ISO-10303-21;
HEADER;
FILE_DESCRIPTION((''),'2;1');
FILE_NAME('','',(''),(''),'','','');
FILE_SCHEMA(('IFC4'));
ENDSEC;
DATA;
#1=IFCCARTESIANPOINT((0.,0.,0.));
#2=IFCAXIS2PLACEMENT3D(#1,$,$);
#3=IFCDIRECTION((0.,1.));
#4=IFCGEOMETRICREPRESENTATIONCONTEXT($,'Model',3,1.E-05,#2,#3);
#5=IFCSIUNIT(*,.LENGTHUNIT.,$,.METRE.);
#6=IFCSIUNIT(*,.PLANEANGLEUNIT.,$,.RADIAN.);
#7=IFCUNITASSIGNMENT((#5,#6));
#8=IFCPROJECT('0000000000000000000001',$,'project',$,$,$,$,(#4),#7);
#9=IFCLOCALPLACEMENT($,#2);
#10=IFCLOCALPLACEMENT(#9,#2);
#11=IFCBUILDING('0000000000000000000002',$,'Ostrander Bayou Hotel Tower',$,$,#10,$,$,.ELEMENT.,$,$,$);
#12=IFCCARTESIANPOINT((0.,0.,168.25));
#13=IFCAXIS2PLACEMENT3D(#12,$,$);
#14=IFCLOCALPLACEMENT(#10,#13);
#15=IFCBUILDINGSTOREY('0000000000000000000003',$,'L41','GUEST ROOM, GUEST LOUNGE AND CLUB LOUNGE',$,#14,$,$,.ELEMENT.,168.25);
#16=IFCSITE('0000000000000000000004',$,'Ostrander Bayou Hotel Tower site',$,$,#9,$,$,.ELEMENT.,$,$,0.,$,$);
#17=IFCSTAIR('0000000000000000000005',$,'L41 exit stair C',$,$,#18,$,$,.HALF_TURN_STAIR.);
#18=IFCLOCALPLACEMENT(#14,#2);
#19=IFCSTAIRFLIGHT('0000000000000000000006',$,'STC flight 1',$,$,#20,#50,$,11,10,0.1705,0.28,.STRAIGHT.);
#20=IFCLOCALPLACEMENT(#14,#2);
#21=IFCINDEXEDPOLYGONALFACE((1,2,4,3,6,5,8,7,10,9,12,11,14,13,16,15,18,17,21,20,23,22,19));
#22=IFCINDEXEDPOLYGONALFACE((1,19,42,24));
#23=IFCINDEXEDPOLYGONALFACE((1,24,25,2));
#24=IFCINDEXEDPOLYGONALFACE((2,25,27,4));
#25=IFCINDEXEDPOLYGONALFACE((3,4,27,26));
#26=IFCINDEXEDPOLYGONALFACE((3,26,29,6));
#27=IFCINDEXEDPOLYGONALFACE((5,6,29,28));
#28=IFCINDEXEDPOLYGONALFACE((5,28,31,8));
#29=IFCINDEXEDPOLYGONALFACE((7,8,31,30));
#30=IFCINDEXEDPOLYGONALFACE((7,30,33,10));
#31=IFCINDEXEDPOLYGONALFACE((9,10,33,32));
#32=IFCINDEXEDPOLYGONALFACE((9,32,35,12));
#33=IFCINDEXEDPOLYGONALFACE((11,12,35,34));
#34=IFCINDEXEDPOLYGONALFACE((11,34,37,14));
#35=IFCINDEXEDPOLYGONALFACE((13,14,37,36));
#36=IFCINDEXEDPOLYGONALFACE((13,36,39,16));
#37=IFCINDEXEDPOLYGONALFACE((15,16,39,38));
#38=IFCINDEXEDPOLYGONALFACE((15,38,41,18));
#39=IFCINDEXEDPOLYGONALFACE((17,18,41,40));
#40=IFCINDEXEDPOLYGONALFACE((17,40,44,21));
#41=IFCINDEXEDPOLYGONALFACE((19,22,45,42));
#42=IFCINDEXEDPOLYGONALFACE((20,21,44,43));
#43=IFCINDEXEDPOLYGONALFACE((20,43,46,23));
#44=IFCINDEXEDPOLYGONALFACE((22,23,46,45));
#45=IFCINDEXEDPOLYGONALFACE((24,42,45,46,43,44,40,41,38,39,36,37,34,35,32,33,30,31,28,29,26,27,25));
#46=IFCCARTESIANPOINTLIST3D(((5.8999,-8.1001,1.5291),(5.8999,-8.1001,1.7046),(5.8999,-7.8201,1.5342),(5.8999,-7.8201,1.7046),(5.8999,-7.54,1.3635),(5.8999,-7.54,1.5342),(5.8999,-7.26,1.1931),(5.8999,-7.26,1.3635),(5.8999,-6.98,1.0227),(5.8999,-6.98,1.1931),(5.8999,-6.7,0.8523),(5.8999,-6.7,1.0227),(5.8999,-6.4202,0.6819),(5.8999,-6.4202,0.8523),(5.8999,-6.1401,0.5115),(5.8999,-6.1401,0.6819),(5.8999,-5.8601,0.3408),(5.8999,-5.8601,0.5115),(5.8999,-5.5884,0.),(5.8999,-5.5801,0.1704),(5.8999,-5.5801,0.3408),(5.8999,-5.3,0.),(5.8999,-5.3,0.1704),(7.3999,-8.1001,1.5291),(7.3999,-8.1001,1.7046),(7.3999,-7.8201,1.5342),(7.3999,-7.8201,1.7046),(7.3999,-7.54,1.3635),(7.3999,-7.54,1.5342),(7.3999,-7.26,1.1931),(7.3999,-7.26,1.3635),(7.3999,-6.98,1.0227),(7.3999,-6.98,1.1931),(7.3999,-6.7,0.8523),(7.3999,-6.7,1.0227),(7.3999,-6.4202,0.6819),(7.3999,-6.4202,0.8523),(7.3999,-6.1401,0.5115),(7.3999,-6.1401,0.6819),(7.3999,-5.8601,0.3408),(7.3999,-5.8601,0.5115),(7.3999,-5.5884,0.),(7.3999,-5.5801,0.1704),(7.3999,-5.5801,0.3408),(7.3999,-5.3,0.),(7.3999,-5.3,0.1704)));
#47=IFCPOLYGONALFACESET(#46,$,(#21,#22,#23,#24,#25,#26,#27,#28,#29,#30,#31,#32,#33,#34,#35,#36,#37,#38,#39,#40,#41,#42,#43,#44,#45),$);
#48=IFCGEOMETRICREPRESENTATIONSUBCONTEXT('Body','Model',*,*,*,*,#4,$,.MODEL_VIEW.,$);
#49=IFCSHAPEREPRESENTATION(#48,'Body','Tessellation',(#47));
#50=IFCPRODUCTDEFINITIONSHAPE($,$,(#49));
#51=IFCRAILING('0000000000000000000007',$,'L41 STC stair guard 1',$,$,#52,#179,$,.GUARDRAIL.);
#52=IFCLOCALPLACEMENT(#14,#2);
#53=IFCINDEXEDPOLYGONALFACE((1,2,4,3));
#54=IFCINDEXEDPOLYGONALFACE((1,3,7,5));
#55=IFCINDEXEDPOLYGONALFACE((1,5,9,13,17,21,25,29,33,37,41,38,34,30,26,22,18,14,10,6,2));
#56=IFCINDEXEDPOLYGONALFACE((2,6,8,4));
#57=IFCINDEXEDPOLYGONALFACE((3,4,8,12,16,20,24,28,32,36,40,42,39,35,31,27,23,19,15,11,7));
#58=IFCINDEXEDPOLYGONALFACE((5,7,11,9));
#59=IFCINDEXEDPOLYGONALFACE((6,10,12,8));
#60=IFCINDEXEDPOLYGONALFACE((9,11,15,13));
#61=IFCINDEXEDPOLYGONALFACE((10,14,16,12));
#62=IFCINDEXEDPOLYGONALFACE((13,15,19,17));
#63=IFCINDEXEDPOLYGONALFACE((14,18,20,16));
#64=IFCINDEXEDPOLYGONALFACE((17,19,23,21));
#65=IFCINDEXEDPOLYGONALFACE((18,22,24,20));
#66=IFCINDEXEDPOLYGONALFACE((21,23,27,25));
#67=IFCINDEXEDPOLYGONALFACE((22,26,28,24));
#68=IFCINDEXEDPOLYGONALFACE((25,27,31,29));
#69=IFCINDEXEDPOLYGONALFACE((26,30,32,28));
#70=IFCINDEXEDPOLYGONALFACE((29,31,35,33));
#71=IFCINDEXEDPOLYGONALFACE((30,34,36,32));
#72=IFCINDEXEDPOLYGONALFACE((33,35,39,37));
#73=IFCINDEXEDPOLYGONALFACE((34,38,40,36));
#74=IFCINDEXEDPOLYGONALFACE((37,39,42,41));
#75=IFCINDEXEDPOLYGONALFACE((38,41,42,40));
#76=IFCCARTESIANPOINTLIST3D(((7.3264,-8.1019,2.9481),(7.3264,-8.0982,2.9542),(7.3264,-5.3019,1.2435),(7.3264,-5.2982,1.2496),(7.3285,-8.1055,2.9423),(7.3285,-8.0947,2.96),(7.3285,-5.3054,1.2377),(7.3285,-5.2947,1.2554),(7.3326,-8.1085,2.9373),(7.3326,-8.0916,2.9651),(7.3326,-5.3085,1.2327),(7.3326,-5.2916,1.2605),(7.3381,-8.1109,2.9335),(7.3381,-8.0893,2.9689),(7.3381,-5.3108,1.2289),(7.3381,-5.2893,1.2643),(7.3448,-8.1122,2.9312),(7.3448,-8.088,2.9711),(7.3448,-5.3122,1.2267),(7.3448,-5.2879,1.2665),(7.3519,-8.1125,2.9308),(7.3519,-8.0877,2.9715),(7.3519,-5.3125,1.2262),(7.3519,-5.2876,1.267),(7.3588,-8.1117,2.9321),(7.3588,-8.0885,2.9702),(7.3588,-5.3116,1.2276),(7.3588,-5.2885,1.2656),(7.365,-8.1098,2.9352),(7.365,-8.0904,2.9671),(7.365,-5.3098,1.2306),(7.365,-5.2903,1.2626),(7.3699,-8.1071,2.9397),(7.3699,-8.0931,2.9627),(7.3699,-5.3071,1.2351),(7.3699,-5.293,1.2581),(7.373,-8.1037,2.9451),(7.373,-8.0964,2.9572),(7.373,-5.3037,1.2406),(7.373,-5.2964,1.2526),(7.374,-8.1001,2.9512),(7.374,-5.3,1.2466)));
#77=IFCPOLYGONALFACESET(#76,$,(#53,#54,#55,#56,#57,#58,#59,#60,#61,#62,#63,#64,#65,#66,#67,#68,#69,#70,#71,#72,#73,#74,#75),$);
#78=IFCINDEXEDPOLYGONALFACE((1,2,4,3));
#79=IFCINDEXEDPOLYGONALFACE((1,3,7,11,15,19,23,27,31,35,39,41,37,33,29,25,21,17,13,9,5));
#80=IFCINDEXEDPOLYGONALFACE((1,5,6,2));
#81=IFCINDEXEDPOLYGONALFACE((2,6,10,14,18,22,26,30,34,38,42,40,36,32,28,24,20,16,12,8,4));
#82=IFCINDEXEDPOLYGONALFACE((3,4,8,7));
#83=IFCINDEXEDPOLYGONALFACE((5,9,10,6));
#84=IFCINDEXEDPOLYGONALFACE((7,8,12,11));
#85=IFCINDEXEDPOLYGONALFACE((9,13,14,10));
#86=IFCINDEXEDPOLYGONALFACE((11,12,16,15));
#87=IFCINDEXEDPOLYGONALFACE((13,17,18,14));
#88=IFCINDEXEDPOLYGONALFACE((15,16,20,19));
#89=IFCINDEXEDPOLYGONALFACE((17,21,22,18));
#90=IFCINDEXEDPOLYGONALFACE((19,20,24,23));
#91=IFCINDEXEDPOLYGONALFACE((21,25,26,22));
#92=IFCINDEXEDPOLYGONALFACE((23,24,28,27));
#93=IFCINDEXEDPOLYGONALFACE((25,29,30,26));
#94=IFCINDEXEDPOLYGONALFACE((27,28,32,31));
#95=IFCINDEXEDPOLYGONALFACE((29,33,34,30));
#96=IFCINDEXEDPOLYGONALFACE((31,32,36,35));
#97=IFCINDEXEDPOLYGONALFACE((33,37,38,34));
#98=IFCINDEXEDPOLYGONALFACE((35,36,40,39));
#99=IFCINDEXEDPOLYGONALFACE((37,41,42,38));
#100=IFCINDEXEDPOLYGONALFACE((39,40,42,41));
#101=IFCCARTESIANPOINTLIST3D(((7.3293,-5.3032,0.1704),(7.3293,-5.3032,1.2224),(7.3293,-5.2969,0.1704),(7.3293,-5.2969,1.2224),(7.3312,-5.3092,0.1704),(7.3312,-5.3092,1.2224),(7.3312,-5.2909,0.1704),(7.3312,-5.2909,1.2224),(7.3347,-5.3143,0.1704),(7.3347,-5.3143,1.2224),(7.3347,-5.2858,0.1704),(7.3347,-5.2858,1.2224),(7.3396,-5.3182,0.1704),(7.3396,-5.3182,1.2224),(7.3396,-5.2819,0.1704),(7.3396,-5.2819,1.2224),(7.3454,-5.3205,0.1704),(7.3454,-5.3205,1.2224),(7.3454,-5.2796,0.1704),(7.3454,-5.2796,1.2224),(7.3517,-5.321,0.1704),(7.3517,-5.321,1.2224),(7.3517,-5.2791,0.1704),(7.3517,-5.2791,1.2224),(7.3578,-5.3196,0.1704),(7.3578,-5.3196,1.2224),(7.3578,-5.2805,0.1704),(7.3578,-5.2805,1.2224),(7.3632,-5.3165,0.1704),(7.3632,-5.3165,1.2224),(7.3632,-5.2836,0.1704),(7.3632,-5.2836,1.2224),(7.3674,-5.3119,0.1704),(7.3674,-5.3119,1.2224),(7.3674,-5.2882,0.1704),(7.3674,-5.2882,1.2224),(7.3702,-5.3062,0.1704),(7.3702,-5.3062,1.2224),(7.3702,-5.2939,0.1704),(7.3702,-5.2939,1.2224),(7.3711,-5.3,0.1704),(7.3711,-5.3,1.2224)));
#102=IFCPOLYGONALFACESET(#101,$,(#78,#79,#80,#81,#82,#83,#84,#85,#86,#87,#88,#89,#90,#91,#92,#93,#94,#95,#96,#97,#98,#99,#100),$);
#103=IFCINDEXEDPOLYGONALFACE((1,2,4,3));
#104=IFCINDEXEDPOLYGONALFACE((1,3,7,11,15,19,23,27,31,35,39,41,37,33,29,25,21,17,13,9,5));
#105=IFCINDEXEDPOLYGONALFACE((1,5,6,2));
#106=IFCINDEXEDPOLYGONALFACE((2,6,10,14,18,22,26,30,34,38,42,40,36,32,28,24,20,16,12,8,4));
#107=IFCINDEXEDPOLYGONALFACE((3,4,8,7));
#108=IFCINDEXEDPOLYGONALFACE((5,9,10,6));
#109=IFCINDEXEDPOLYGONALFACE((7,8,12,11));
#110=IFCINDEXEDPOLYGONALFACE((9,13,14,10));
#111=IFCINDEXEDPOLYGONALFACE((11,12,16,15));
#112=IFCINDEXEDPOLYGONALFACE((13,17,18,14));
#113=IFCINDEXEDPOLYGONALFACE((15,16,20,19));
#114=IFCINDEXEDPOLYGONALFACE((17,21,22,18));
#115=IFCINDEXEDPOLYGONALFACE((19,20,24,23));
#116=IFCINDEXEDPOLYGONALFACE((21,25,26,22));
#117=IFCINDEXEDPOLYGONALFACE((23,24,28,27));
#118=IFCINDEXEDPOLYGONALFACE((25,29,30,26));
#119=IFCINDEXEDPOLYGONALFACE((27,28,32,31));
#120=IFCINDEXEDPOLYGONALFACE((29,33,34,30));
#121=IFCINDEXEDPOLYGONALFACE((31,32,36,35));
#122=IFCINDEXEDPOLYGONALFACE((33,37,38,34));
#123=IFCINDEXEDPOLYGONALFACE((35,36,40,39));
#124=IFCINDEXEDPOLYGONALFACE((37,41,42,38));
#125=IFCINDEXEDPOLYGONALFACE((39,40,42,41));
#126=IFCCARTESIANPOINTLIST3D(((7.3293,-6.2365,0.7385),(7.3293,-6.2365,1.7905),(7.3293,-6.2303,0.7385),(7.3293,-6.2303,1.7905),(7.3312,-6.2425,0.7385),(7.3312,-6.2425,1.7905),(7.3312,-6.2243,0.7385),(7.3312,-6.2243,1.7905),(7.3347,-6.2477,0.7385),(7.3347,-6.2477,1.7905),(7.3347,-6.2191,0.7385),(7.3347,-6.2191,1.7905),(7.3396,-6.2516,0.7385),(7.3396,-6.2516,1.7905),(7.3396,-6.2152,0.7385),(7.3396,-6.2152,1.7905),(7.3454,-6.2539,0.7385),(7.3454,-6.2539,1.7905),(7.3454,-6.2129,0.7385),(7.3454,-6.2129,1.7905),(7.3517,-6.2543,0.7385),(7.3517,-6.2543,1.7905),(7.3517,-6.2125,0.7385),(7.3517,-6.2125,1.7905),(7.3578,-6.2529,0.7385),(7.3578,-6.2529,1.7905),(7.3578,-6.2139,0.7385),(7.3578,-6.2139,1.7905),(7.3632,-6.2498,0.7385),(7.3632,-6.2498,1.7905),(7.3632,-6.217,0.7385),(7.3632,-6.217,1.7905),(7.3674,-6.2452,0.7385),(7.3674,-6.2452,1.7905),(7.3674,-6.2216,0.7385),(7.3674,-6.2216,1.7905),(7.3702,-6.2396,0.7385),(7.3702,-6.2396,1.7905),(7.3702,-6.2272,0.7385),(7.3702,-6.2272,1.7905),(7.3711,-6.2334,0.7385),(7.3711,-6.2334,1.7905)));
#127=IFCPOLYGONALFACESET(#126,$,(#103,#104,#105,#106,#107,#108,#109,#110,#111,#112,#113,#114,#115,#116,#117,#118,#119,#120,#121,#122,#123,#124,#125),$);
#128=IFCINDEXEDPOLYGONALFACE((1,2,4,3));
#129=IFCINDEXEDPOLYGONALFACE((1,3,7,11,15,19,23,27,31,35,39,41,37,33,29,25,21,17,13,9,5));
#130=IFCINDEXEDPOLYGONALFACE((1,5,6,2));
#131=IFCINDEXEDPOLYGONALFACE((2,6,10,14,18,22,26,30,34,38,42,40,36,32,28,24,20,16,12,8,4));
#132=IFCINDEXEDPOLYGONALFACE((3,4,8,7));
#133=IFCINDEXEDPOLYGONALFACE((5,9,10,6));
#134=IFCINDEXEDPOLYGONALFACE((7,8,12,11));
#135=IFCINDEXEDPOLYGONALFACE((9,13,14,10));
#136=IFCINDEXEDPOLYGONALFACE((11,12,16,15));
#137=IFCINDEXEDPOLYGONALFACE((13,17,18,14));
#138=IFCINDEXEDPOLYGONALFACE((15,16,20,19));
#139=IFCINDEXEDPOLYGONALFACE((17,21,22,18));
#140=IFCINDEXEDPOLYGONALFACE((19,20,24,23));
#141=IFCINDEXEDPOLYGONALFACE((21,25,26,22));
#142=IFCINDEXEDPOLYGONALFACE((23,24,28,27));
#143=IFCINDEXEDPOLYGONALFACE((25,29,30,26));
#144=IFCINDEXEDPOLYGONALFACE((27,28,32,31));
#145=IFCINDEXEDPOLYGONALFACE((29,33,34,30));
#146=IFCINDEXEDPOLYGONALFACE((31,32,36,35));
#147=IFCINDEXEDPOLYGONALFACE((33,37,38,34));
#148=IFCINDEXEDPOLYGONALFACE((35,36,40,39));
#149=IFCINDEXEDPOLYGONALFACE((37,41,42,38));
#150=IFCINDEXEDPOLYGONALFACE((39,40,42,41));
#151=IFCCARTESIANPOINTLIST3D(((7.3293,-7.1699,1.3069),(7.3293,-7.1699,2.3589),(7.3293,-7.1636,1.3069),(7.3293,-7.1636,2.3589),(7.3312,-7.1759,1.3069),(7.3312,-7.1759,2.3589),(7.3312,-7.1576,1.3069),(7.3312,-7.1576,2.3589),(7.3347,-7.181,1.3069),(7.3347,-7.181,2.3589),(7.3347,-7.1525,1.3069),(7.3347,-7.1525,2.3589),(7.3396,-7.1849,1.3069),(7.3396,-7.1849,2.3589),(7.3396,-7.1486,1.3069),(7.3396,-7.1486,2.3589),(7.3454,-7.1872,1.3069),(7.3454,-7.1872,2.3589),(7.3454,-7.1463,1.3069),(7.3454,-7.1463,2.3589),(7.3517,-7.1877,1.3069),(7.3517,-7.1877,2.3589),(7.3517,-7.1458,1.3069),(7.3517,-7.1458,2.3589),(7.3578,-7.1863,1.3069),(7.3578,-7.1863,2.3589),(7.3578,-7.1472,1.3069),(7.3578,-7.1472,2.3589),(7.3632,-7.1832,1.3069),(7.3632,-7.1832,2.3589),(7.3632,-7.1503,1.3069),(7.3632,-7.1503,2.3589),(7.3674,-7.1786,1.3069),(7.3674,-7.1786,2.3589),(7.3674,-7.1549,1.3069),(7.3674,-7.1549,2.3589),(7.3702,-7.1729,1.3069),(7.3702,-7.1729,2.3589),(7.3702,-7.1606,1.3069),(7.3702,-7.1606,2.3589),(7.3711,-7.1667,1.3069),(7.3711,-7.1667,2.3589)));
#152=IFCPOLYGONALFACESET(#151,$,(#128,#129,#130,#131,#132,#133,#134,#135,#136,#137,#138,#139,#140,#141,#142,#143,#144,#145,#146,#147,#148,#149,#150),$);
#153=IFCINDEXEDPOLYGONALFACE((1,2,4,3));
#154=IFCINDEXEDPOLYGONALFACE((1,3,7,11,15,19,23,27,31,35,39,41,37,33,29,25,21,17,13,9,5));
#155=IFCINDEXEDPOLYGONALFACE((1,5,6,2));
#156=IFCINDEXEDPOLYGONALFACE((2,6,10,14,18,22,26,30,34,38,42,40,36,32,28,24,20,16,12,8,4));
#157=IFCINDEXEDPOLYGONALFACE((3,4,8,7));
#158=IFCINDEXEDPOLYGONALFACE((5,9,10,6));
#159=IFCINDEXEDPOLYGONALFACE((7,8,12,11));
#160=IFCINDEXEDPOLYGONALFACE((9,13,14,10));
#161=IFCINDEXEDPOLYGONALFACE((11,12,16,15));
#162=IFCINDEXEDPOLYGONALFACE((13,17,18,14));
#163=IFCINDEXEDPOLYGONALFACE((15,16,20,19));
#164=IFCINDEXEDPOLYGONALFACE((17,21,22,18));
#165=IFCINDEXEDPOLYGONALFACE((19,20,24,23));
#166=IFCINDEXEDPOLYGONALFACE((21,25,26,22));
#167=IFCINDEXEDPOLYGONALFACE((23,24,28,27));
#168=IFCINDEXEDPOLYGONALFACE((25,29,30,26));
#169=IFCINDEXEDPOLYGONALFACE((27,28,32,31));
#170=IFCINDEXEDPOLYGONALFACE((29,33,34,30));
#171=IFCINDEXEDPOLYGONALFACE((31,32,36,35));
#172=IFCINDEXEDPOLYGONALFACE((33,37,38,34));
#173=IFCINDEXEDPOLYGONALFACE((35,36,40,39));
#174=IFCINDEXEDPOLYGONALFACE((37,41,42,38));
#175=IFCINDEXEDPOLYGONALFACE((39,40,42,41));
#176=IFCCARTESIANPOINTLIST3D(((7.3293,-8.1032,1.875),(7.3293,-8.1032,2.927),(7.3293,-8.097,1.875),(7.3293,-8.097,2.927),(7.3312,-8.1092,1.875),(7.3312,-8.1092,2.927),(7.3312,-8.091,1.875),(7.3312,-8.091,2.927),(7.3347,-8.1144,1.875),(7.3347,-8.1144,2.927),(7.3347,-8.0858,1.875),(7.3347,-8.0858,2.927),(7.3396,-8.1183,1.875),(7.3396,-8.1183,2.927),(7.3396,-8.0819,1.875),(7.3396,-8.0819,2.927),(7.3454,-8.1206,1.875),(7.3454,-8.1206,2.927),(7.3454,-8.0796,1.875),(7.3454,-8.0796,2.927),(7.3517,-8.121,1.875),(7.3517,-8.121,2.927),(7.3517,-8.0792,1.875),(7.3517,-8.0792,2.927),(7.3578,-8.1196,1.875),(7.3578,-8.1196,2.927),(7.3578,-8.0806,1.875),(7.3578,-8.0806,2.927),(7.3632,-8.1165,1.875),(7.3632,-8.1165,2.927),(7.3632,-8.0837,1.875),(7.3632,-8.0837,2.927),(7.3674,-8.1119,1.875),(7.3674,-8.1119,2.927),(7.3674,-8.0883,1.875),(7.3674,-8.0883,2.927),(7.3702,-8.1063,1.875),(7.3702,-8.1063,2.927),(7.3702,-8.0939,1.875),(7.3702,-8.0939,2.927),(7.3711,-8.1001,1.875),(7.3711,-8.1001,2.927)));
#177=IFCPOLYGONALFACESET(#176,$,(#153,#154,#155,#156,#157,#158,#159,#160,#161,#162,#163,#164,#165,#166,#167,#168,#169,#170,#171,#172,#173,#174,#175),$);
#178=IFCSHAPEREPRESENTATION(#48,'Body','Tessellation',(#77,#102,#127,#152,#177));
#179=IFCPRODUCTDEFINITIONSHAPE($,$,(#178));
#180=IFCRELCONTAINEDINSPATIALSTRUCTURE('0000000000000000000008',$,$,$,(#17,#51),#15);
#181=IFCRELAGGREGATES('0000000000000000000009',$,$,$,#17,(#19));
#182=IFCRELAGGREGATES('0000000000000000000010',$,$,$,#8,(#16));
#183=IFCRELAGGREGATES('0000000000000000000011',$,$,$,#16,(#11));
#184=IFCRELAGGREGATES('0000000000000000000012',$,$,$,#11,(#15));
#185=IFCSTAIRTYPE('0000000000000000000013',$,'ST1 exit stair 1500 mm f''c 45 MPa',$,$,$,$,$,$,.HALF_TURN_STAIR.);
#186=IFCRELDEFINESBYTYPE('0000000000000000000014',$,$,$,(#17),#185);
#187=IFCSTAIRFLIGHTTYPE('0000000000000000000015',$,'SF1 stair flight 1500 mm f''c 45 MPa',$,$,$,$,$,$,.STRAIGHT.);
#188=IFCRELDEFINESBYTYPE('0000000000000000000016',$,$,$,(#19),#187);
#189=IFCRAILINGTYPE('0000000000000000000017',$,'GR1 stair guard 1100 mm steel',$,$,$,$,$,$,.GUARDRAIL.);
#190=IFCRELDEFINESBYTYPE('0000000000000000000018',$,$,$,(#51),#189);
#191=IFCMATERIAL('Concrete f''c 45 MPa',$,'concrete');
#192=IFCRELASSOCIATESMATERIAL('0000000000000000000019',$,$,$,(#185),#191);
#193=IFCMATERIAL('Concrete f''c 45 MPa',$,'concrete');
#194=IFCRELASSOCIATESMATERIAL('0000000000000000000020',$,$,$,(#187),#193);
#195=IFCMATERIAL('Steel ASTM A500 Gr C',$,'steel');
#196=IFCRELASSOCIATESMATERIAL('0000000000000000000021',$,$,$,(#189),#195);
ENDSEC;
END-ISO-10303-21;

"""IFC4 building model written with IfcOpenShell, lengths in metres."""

from ifc_helpers import new_model, si_unit, direction, frame, origin, origin_2d, place, context, subcontext, project, spatial, polyline, circle, outline, extrude, material, type_object, element, aggregate, save


model = new_model("IFC4")

# Units and contexts
model_context = context("Model", 3, precision=1e-05, world=origin(), true_north=direction((0.0, 1.0)))
body_context = subcontext(model_context, "Body", "Model", "MODEL_VIEW")
ifc_project = project(units=[si_unit("LENGTHUNIT", "METRE"), si_unit("PLANEANGLEUNIT", "RADIAN")], contexts=[model_context])

# Site, building, storey
site_placement = place(None, origin())
site = spatial("IfcSite", under=ifc_project, at=site_placement, Name="Ostrander Bayou Hotel Tower site", CompositionType="ELEMENT", RefElevation=0.0)
building_placement = place(site_placement, origin())
building = spatial("IfcBuilding", under=site, at=building_placement, Name="Ostrander Bayou Hotel Tower", CompositionType="ELEMENT")
storey_placement = place(building_placement, frame((0.0, 0.0, 168.25)))
storey = spatial("IfcBuildingStorey", under=building, at=storey_placement, Name="L41", Description="GUEST ROOM, GUEST LOUNGE AND CLUB LOUNGE", CompositionType="ELEMENT", Elevation=168.25)

# Stair, stair flight
ifc_material_1 = material(Name="Concrete f'c 45 MPa", Category="concrete")
stair_type = type_object("IfcStairType", Name="ST1 exit stair 1500 mm f'c 45 MPa", PredefinedType="HALF_TURN_STAIR", material=ifc_material_1)
stair_placement = place(storey_placement, origin())
stair = element("IfcStair", 1, at=stair_placement, inside=storey, type_object=stair_type, Name="L41 exit stair C", PredefinedType="HALF_TURN_STAIR")
ifc_material_2 = material(Name="Concrete f'c 45 MPa", Category="concrete")
stair_flight_type = type_object("IfcStairFlightType", Name="SF1 stair flight 1500 mm f'c 45 MPa", PredefinedType="STRAIGHT", material=ifc_material_2)
stair_flight_placement = place(storey_placement, frame((6.6499, -5.3, 0.0), z_axis=(0.0, 0.0, 1.0), x_axis=(0.0, -1.0, 0.0)))
stair_flight = element("IfcStairFlight", 2, at=stair_flight_placement, type_object=stair_flight_type, Name="STC flight 1", NumberOfRisers=11, NumberOfTreads=10, PredefinedType="STRAIGHT", RiserHeight=0.1705, TreadLength=0.28, context=body_context, shape_type="SweptSolid", body=[
    extrude(outline(polyline([(0.0, 0.0), (0.0, 0.1704), (0.28, 0.1704), (0.28, 0.3408), (0.5601, 0.3408), (0.5601, 0.5115), (0.8401, 0.5115), (0.8401, 0.6819), (1.1201, 0.6819), (1.1201, 0.8523), (1.3999, 0.8523), (1.3999, 1.0227), (1.6799, 1.0227), (1.6799, 1.1931), (1.96, 1.1931), (1.96, 1.3635), (2.24, 1.3635), (2.24, 1.5342), (2.52, 1.5342), (2.52, 1.7046), (2.8, 1.7046), (2.8, 1.875), (2.8, 1.5291), (0.2883, 0.0), (0.0, 0.0)])), frame((0.0, 0.75, 0.0), z_axis=(0.0, -1.0, 0.0), x_axis=(1.0, 0.0, 0.0)), (0.0, 0.0, 1.0), 1.5),
])
aggregate(stair, [stair_flight])

# Railing
ifc_material_3 = material(Name="Steel ASTM A500 Gr C", Category="steel")
railing_type_1 = type_object("IfcRailingType", Name="GR1 stair guard 1100 mm steel", PredefinedType="GUARDRAIL", material=ifc_material_3)
railing_1_placement = place(storey_placement, frame((7.3501, -5.3, 0.1704)))
element("IfcRailing", 3, at=railing_1_placement, inside=storey, type_object=railing_type_1, Name="L41 STC stair guard 1", PredefinedType="GUARDRAIL", context=body_context, shape_type="SweptSolid", body=[
    extrude(circle(Radius=0.0239, at=origin_2d()), frame((0.0, 0.0, 1.0762), z_axis=(0.0, -0.85417, 0.519994), x_axis=(1.0, 0.0, 0.0)), (0.0, 0.0, 1.0), 3.2781),
    extrude(circle(Radius=0.021, at=origin_2d()), origin(), (0.0, 0.0, 1.0), 1.052),
    extrude(circle(Radius=0.021, at=origin_2d()), frame((0.0, -0.9333, 0.5681)), (0.0, 0.0, 1.0), 1.052),
    extrude(circle(Radius=0.021, at=origin_2d()), frame((0.0, -1.8667, 1.1365)), (0.0, 0.0, 1.0), 1.052),
    extrude(circle(Radius=0.021, at=origin_2d()), frame((0.0, -2.8, 1.7046)), (0.0, 0.0, 1.0), 1.052),
])

save(model, "model.ifc")
